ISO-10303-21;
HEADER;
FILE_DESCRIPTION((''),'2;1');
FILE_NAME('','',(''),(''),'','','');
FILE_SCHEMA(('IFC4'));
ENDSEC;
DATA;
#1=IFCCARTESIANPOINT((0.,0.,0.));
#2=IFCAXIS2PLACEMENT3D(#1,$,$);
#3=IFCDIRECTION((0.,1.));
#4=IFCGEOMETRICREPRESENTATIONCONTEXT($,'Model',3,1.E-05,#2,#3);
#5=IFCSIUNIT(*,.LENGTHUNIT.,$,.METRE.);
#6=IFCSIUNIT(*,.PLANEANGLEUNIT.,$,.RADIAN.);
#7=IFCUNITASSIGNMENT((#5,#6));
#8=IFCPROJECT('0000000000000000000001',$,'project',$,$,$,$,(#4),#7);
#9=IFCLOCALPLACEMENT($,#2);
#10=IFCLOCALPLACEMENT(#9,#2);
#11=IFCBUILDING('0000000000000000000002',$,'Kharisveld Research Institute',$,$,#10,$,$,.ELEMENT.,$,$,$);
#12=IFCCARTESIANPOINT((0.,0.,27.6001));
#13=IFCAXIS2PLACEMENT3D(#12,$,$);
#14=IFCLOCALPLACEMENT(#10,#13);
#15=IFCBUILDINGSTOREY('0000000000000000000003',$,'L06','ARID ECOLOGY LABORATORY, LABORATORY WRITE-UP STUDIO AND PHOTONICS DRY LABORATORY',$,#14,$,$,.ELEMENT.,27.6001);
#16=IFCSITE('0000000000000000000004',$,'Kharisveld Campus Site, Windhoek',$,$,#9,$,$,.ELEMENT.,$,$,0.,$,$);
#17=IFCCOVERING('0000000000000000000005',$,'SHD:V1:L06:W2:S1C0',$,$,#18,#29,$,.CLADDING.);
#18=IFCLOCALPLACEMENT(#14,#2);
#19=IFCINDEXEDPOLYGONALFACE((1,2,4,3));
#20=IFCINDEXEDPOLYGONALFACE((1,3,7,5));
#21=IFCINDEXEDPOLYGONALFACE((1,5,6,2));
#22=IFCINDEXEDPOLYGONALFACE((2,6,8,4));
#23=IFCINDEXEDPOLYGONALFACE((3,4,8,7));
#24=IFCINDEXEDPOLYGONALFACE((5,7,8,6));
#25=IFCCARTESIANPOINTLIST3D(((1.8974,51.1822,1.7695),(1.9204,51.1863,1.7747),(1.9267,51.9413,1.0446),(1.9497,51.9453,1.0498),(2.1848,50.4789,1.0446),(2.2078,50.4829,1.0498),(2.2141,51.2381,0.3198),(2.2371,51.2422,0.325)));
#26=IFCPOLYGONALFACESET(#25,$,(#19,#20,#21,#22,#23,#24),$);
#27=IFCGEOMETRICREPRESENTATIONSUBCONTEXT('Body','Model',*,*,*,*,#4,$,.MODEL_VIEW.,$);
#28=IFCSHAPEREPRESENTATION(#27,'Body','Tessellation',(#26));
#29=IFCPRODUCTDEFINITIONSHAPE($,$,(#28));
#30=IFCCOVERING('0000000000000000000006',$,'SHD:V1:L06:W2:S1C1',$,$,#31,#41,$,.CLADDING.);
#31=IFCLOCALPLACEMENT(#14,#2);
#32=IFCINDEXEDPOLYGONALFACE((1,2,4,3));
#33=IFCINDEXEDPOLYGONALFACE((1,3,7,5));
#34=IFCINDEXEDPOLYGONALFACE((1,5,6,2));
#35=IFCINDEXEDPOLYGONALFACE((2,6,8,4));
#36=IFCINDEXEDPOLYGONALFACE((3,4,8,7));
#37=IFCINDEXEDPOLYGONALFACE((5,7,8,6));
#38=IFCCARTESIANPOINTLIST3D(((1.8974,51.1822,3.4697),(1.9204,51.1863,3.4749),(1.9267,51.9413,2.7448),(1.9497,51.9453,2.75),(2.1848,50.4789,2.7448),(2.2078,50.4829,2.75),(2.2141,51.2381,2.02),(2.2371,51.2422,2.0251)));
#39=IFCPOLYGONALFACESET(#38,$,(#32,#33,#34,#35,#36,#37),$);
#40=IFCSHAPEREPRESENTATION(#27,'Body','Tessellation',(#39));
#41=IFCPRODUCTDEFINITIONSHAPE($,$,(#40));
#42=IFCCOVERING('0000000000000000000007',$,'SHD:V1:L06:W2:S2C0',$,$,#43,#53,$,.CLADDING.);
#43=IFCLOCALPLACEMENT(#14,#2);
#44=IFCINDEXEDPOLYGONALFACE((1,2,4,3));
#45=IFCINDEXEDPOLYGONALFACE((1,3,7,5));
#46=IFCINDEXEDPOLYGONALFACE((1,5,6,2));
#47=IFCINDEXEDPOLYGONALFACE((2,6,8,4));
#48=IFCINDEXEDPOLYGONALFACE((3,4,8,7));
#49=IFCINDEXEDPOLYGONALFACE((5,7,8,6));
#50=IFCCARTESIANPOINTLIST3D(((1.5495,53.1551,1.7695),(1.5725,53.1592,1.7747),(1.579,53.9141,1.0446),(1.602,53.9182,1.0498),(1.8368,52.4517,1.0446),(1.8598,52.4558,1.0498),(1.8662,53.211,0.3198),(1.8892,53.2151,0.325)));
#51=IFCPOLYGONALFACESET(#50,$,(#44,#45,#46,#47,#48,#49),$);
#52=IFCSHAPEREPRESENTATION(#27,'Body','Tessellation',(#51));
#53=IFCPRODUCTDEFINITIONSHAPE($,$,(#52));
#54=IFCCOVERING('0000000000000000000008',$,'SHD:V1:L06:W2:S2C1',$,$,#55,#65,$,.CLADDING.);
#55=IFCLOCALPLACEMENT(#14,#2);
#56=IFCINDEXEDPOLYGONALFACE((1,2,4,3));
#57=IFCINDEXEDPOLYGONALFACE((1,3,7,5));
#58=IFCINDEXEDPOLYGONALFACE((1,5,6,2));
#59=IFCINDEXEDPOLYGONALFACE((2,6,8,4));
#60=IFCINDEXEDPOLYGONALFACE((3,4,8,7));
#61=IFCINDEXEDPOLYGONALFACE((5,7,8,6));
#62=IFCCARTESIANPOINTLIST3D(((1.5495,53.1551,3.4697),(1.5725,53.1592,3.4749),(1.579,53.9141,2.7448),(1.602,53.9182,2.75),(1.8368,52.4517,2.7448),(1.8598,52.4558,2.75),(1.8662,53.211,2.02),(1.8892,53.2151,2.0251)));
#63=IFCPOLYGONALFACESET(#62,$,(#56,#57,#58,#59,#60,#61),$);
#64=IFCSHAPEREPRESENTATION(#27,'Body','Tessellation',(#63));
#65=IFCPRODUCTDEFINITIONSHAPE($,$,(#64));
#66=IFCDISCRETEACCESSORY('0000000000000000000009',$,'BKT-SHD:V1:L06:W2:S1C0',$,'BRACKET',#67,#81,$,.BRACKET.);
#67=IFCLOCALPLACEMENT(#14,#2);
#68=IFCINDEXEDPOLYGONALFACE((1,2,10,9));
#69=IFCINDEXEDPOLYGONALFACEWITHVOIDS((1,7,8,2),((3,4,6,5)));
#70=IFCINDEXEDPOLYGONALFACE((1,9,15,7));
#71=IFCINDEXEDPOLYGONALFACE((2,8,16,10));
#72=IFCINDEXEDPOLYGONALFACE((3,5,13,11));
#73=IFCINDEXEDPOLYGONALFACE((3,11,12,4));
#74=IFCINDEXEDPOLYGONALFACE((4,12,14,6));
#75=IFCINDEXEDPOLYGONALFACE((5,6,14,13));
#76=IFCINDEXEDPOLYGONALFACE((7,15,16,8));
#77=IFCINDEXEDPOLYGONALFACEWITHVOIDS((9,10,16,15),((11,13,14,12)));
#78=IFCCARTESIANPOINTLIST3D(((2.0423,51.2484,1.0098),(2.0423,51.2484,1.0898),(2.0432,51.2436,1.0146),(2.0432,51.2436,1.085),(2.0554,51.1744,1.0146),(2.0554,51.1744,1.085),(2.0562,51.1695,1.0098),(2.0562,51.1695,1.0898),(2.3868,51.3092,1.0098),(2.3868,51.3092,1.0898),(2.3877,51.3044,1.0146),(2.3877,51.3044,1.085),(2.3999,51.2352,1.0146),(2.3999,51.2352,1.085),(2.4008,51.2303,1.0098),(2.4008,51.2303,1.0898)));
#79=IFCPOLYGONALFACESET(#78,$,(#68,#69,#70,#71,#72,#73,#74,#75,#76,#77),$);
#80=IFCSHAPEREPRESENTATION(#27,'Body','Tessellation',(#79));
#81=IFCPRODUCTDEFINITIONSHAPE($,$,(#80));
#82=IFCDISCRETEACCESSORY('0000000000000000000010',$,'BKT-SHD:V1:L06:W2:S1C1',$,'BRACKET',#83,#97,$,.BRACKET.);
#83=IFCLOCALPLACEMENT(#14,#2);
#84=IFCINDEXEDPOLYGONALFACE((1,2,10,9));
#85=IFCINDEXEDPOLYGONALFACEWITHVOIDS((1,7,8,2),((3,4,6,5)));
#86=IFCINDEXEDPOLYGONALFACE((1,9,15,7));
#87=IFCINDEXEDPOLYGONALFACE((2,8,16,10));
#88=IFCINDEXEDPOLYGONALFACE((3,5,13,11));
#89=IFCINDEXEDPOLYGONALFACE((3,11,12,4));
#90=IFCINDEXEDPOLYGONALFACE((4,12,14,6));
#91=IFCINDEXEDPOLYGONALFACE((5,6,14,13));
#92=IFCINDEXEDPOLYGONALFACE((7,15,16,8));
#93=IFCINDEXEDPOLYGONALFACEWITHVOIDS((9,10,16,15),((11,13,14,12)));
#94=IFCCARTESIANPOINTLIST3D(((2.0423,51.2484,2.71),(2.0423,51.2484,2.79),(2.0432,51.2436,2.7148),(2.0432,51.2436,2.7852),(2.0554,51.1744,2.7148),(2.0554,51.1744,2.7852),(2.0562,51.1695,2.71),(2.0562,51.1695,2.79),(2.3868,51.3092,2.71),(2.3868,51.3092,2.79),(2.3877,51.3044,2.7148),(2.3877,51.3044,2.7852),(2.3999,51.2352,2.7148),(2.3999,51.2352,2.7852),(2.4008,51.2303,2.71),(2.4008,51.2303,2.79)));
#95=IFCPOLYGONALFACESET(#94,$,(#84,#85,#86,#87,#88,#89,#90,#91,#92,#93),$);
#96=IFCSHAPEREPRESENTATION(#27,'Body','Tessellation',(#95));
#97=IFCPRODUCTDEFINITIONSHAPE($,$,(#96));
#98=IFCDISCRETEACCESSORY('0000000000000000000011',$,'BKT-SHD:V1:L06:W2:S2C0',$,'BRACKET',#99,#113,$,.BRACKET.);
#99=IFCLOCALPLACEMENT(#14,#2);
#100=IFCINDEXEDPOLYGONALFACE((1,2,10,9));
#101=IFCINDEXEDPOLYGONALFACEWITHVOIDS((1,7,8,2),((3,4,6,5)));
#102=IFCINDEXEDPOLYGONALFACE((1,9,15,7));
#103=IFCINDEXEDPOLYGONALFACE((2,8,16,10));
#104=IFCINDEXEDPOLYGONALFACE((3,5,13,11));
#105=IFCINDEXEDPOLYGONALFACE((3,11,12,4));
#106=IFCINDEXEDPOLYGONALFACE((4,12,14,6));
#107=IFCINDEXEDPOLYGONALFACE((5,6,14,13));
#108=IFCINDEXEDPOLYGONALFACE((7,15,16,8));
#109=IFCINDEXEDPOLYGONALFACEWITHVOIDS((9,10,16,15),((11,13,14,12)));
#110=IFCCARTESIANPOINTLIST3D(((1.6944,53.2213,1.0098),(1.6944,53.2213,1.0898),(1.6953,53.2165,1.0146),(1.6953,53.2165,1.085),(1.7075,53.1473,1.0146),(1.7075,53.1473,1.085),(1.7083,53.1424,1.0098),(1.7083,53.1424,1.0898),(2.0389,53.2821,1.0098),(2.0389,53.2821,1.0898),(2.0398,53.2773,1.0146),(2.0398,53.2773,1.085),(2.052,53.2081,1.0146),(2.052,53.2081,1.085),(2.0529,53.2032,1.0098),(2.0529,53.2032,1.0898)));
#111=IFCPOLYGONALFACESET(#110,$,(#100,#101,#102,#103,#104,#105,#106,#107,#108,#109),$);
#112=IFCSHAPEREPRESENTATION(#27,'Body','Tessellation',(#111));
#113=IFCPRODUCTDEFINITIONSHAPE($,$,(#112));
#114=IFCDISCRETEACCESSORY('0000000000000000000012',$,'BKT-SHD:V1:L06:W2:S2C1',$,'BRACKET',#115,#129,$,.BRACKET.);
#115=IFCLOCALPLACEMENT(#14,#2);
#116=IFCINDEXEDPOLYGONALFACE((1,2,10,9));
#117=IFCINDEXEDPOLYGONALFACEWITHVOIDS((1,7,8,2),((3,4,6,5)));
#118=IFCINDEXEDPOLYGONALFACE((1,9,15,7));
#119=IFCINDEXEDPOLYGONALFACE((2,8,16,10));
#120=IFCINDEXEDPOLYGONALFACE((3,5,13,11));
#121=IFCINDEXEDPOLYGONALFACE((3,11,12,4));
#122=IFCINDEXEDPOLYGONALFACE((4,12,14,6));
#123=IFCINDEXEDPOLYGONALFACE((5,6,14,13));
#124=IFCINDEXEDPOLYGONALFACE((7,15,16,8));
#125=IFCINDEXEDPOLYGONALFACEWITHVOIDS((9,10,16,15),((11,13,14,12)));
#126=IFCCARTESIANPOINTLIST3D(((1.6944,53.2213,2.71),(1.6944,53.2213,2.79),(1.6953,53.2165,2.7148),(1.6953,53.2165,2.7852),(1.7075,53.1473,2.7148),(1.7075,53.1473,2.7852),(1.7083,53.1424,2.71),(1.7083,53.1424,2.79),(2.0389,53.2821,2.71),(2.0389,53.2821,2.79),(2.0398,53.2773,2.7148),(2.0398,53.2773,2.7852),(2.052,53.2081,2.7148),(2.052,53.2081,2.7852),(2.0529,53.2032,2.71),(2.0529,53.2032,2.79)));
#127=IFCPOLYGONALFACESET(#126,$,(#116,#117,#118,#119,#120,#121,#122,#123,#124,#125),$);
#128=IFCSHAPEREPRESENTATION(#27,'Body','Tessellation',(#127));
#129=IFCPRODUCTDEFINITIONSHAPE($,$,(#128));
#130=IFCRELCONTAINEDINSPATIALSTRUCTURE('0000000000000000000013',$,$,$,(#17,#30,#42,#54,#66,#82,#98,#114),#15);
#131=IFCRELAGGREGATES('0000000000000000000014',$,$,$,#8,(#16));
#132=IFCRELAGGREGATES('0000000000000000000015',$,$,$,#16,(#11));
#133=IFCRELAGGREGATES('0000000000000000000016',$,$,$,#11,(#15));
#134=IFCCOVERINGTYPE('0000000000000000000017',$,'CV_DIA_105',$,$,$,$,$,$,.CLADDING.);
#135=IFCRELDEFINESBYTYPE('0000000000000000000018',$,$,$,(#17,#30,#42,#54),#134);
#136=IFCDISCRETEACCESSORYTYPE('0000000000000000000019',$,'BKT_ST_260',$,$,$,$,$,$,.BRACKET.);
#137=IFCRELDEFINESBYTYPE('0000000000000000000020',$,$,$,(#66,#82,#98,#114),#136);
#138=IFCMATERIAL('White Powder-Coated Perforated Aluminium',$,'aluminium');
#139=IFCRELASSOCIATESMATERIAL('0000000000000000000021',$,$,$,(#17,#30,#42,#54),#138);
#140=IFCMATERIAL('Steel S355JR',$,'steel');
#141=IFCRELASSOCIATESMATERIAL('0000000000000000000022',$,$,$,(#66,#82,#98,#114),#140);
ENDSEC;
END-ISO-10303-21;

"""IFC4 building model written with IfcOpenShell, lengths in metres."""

from ifc_helpers import new_model, si_unit, direction, frame, origin, origin_2d, place, context, subcontext, project, spatial, polyline, hollow_rectangle, outline, extrude, material, type_object, element, save


model = new_model("IFC4")

# Units and contexts
model_context = context("Model", 3, precision=1e-05, world=origin(), true_north=direction((0.0, 1.0)))
body_context = subcontext(model_context, "Body", "Model", "MODEL_VIEW")
ifc_project = project(units=[si_unit("LENGTHUNIT", "METRE"), si_unit("PLANEANGLEUNIT", "RADIAN")], contexts=[model_context])

# Site, building, storey
site_placement = place(None, origin())
site = spatial("IfcSite", under=ifc_project, at=site_placement, Name="Kharisveld Campus Site, Windhoek", CompositionType="ELEMENT", RefElevation=0.0)
building_placement = place(site_placement, origin())
building = spatial("IfcBuilding", under=site, at=building_placement, Name="Kharisveld Research Institute", CompositionType="ELEMENT")
storey_placement = place(building_placement, frame((0.0, 0.0, 27.6001)))
storey = spatial("IfcBuildingStorey", under=building, at=storey_placement, Name="L06", Description="ARID ECOLOGY LABORATORY, LABORATORY WRITE-UP STUDIO AND PHOTONICS DRY LABORATORY", CompositionType="ELEMENT", Elevation=27.6001)

# Coverings
ifc_material_1 = material(Name="White Powder-Coated Perforated Aluminium", Category="aluminium")
covering_type = type_object("IfcCoveringType", Name="CV_DIA_105", PredefinedType="CLADDING")
for number, where, z_axis, x_axis, name in (
    (1, (2.2371, 51.2422, 0.325), (0.96142, 0.169653, 0.21654), (-0.273667, 0.669686, 0.690382), "SHD:V1:L06:W2:S1C0"),
    (2, (2.2371, 51.2422, 2.0251), (0.96142, 0.169653, 0.21654), (-0.273667, 0.669686, 0.690382), "SHD:V1:L06:W2:S1C1"),
):
    element("IfcCovering", number, at=place(storey_placement, frame(where, z_axis=z_axis, x_axis=x_axis)), inside=storey, type_object=covering_type, material=ifc_material_1, Name=name, PredefinedType="CLADDING", context=body_context, shape_type="SweptSolid", body=[
        extrude(outline(polyline([(0.0, 0.0), (1.0499, 0.0), (1.0501, 1.05), (0.0, 1.0501), (0.0, 0.0)])), origin(), (0.0, 0.0, -1.0), 0.0239),
    ])
for number, where, z_axis, x_axis, name in (
    (3, (1.8892, 53.2151, 0.325), (0.961447, 0.169497, 0.21654), (-0.27356, 0.66971, 0.690402), "SHD:V1:L06:W2:S2C0"),
    (4, (1.8892, 53.2151, 2.0251), (0.961447, 0.169497, 0.21654), (-0.27356, 0.66971, 0.690402), "SHD:V1:L06:W2:S2C1"),
):
    element("IfcCovering", number, at=place(storey_placement, frame(where, z_axis=z_axis, x_axis=x_axis)), inside=storey, type_object=covering_type, material=ifc_material_1, Name=name, PredefinedType="CLADDING", context=body_context, shape_type="SweptSolid", body=[
        extrude(outline(polyline([(0.0, 0.0), (1.0499, 0.0), (1.0501, 1.05), (0.0, 1.0501), (0.0, 0.0)])), origin(), (0.0, 0.0, -1.0), 0.0239),
    ])

# Discrete accessories
ifc_material_2 = material(Name="Steel S355JR", Category="steel")
discrete_accessory_type = type_object("IfcDiscreteAccessoryType", Name="BKT_ST_260", PredefinedType="BRACKET")
for number, where, z_axis, x_axis, name in (
    (5, (2.3938, 51.2698, 1.0498), (-0.984784, -0.173785, 0.0), (0.173785, -0.984784, 0.0), "BKT-SHD:V1:L06:W2:S1C0"),
    (6, (2.3938, 51.2698, 2.75), (-0.984784, -0.173785, 0.0), (0.173785, -0.984784, 0.0), "BKT-SHD:V1:L06:W2:S1C1"),
    (7, (2.0459, 53.2427, 1.0498), (-0.984784, -0.173785, 0.0), (0.173785, -0.984784, 0.0), "BKT-SHD:V1:L06:W2:S2C0"),
    (8, (2.0459, 53.2427, 2.75), (-0.984784, -0.173785, 0.0), (0.173785, -0.984784, 0.0), "BKT-SHD:V1:L06:W2:S2C1"),
):
    element("IfcDiscreteAccessory", number, at=place(storey_placement, frame(where, z_axis=z_axis, x_axis=x_axis)), inside=storey, type_object=discrete_accessory_type, material=ifc_material_2, Name=name, ObjectType="BRACKET", PredefinedType="BRACKET", context=body_context, shape_type="SweptSolid", body=[
        extrude(hollow_rectangle(XDim=0.0801, YDim=0.0801, WallThickness=0.0049, at=origin_2d()), origin(), (0.0, 0.0, 1.0), 0.3499),
    ])

save(model, "model.ifc")
